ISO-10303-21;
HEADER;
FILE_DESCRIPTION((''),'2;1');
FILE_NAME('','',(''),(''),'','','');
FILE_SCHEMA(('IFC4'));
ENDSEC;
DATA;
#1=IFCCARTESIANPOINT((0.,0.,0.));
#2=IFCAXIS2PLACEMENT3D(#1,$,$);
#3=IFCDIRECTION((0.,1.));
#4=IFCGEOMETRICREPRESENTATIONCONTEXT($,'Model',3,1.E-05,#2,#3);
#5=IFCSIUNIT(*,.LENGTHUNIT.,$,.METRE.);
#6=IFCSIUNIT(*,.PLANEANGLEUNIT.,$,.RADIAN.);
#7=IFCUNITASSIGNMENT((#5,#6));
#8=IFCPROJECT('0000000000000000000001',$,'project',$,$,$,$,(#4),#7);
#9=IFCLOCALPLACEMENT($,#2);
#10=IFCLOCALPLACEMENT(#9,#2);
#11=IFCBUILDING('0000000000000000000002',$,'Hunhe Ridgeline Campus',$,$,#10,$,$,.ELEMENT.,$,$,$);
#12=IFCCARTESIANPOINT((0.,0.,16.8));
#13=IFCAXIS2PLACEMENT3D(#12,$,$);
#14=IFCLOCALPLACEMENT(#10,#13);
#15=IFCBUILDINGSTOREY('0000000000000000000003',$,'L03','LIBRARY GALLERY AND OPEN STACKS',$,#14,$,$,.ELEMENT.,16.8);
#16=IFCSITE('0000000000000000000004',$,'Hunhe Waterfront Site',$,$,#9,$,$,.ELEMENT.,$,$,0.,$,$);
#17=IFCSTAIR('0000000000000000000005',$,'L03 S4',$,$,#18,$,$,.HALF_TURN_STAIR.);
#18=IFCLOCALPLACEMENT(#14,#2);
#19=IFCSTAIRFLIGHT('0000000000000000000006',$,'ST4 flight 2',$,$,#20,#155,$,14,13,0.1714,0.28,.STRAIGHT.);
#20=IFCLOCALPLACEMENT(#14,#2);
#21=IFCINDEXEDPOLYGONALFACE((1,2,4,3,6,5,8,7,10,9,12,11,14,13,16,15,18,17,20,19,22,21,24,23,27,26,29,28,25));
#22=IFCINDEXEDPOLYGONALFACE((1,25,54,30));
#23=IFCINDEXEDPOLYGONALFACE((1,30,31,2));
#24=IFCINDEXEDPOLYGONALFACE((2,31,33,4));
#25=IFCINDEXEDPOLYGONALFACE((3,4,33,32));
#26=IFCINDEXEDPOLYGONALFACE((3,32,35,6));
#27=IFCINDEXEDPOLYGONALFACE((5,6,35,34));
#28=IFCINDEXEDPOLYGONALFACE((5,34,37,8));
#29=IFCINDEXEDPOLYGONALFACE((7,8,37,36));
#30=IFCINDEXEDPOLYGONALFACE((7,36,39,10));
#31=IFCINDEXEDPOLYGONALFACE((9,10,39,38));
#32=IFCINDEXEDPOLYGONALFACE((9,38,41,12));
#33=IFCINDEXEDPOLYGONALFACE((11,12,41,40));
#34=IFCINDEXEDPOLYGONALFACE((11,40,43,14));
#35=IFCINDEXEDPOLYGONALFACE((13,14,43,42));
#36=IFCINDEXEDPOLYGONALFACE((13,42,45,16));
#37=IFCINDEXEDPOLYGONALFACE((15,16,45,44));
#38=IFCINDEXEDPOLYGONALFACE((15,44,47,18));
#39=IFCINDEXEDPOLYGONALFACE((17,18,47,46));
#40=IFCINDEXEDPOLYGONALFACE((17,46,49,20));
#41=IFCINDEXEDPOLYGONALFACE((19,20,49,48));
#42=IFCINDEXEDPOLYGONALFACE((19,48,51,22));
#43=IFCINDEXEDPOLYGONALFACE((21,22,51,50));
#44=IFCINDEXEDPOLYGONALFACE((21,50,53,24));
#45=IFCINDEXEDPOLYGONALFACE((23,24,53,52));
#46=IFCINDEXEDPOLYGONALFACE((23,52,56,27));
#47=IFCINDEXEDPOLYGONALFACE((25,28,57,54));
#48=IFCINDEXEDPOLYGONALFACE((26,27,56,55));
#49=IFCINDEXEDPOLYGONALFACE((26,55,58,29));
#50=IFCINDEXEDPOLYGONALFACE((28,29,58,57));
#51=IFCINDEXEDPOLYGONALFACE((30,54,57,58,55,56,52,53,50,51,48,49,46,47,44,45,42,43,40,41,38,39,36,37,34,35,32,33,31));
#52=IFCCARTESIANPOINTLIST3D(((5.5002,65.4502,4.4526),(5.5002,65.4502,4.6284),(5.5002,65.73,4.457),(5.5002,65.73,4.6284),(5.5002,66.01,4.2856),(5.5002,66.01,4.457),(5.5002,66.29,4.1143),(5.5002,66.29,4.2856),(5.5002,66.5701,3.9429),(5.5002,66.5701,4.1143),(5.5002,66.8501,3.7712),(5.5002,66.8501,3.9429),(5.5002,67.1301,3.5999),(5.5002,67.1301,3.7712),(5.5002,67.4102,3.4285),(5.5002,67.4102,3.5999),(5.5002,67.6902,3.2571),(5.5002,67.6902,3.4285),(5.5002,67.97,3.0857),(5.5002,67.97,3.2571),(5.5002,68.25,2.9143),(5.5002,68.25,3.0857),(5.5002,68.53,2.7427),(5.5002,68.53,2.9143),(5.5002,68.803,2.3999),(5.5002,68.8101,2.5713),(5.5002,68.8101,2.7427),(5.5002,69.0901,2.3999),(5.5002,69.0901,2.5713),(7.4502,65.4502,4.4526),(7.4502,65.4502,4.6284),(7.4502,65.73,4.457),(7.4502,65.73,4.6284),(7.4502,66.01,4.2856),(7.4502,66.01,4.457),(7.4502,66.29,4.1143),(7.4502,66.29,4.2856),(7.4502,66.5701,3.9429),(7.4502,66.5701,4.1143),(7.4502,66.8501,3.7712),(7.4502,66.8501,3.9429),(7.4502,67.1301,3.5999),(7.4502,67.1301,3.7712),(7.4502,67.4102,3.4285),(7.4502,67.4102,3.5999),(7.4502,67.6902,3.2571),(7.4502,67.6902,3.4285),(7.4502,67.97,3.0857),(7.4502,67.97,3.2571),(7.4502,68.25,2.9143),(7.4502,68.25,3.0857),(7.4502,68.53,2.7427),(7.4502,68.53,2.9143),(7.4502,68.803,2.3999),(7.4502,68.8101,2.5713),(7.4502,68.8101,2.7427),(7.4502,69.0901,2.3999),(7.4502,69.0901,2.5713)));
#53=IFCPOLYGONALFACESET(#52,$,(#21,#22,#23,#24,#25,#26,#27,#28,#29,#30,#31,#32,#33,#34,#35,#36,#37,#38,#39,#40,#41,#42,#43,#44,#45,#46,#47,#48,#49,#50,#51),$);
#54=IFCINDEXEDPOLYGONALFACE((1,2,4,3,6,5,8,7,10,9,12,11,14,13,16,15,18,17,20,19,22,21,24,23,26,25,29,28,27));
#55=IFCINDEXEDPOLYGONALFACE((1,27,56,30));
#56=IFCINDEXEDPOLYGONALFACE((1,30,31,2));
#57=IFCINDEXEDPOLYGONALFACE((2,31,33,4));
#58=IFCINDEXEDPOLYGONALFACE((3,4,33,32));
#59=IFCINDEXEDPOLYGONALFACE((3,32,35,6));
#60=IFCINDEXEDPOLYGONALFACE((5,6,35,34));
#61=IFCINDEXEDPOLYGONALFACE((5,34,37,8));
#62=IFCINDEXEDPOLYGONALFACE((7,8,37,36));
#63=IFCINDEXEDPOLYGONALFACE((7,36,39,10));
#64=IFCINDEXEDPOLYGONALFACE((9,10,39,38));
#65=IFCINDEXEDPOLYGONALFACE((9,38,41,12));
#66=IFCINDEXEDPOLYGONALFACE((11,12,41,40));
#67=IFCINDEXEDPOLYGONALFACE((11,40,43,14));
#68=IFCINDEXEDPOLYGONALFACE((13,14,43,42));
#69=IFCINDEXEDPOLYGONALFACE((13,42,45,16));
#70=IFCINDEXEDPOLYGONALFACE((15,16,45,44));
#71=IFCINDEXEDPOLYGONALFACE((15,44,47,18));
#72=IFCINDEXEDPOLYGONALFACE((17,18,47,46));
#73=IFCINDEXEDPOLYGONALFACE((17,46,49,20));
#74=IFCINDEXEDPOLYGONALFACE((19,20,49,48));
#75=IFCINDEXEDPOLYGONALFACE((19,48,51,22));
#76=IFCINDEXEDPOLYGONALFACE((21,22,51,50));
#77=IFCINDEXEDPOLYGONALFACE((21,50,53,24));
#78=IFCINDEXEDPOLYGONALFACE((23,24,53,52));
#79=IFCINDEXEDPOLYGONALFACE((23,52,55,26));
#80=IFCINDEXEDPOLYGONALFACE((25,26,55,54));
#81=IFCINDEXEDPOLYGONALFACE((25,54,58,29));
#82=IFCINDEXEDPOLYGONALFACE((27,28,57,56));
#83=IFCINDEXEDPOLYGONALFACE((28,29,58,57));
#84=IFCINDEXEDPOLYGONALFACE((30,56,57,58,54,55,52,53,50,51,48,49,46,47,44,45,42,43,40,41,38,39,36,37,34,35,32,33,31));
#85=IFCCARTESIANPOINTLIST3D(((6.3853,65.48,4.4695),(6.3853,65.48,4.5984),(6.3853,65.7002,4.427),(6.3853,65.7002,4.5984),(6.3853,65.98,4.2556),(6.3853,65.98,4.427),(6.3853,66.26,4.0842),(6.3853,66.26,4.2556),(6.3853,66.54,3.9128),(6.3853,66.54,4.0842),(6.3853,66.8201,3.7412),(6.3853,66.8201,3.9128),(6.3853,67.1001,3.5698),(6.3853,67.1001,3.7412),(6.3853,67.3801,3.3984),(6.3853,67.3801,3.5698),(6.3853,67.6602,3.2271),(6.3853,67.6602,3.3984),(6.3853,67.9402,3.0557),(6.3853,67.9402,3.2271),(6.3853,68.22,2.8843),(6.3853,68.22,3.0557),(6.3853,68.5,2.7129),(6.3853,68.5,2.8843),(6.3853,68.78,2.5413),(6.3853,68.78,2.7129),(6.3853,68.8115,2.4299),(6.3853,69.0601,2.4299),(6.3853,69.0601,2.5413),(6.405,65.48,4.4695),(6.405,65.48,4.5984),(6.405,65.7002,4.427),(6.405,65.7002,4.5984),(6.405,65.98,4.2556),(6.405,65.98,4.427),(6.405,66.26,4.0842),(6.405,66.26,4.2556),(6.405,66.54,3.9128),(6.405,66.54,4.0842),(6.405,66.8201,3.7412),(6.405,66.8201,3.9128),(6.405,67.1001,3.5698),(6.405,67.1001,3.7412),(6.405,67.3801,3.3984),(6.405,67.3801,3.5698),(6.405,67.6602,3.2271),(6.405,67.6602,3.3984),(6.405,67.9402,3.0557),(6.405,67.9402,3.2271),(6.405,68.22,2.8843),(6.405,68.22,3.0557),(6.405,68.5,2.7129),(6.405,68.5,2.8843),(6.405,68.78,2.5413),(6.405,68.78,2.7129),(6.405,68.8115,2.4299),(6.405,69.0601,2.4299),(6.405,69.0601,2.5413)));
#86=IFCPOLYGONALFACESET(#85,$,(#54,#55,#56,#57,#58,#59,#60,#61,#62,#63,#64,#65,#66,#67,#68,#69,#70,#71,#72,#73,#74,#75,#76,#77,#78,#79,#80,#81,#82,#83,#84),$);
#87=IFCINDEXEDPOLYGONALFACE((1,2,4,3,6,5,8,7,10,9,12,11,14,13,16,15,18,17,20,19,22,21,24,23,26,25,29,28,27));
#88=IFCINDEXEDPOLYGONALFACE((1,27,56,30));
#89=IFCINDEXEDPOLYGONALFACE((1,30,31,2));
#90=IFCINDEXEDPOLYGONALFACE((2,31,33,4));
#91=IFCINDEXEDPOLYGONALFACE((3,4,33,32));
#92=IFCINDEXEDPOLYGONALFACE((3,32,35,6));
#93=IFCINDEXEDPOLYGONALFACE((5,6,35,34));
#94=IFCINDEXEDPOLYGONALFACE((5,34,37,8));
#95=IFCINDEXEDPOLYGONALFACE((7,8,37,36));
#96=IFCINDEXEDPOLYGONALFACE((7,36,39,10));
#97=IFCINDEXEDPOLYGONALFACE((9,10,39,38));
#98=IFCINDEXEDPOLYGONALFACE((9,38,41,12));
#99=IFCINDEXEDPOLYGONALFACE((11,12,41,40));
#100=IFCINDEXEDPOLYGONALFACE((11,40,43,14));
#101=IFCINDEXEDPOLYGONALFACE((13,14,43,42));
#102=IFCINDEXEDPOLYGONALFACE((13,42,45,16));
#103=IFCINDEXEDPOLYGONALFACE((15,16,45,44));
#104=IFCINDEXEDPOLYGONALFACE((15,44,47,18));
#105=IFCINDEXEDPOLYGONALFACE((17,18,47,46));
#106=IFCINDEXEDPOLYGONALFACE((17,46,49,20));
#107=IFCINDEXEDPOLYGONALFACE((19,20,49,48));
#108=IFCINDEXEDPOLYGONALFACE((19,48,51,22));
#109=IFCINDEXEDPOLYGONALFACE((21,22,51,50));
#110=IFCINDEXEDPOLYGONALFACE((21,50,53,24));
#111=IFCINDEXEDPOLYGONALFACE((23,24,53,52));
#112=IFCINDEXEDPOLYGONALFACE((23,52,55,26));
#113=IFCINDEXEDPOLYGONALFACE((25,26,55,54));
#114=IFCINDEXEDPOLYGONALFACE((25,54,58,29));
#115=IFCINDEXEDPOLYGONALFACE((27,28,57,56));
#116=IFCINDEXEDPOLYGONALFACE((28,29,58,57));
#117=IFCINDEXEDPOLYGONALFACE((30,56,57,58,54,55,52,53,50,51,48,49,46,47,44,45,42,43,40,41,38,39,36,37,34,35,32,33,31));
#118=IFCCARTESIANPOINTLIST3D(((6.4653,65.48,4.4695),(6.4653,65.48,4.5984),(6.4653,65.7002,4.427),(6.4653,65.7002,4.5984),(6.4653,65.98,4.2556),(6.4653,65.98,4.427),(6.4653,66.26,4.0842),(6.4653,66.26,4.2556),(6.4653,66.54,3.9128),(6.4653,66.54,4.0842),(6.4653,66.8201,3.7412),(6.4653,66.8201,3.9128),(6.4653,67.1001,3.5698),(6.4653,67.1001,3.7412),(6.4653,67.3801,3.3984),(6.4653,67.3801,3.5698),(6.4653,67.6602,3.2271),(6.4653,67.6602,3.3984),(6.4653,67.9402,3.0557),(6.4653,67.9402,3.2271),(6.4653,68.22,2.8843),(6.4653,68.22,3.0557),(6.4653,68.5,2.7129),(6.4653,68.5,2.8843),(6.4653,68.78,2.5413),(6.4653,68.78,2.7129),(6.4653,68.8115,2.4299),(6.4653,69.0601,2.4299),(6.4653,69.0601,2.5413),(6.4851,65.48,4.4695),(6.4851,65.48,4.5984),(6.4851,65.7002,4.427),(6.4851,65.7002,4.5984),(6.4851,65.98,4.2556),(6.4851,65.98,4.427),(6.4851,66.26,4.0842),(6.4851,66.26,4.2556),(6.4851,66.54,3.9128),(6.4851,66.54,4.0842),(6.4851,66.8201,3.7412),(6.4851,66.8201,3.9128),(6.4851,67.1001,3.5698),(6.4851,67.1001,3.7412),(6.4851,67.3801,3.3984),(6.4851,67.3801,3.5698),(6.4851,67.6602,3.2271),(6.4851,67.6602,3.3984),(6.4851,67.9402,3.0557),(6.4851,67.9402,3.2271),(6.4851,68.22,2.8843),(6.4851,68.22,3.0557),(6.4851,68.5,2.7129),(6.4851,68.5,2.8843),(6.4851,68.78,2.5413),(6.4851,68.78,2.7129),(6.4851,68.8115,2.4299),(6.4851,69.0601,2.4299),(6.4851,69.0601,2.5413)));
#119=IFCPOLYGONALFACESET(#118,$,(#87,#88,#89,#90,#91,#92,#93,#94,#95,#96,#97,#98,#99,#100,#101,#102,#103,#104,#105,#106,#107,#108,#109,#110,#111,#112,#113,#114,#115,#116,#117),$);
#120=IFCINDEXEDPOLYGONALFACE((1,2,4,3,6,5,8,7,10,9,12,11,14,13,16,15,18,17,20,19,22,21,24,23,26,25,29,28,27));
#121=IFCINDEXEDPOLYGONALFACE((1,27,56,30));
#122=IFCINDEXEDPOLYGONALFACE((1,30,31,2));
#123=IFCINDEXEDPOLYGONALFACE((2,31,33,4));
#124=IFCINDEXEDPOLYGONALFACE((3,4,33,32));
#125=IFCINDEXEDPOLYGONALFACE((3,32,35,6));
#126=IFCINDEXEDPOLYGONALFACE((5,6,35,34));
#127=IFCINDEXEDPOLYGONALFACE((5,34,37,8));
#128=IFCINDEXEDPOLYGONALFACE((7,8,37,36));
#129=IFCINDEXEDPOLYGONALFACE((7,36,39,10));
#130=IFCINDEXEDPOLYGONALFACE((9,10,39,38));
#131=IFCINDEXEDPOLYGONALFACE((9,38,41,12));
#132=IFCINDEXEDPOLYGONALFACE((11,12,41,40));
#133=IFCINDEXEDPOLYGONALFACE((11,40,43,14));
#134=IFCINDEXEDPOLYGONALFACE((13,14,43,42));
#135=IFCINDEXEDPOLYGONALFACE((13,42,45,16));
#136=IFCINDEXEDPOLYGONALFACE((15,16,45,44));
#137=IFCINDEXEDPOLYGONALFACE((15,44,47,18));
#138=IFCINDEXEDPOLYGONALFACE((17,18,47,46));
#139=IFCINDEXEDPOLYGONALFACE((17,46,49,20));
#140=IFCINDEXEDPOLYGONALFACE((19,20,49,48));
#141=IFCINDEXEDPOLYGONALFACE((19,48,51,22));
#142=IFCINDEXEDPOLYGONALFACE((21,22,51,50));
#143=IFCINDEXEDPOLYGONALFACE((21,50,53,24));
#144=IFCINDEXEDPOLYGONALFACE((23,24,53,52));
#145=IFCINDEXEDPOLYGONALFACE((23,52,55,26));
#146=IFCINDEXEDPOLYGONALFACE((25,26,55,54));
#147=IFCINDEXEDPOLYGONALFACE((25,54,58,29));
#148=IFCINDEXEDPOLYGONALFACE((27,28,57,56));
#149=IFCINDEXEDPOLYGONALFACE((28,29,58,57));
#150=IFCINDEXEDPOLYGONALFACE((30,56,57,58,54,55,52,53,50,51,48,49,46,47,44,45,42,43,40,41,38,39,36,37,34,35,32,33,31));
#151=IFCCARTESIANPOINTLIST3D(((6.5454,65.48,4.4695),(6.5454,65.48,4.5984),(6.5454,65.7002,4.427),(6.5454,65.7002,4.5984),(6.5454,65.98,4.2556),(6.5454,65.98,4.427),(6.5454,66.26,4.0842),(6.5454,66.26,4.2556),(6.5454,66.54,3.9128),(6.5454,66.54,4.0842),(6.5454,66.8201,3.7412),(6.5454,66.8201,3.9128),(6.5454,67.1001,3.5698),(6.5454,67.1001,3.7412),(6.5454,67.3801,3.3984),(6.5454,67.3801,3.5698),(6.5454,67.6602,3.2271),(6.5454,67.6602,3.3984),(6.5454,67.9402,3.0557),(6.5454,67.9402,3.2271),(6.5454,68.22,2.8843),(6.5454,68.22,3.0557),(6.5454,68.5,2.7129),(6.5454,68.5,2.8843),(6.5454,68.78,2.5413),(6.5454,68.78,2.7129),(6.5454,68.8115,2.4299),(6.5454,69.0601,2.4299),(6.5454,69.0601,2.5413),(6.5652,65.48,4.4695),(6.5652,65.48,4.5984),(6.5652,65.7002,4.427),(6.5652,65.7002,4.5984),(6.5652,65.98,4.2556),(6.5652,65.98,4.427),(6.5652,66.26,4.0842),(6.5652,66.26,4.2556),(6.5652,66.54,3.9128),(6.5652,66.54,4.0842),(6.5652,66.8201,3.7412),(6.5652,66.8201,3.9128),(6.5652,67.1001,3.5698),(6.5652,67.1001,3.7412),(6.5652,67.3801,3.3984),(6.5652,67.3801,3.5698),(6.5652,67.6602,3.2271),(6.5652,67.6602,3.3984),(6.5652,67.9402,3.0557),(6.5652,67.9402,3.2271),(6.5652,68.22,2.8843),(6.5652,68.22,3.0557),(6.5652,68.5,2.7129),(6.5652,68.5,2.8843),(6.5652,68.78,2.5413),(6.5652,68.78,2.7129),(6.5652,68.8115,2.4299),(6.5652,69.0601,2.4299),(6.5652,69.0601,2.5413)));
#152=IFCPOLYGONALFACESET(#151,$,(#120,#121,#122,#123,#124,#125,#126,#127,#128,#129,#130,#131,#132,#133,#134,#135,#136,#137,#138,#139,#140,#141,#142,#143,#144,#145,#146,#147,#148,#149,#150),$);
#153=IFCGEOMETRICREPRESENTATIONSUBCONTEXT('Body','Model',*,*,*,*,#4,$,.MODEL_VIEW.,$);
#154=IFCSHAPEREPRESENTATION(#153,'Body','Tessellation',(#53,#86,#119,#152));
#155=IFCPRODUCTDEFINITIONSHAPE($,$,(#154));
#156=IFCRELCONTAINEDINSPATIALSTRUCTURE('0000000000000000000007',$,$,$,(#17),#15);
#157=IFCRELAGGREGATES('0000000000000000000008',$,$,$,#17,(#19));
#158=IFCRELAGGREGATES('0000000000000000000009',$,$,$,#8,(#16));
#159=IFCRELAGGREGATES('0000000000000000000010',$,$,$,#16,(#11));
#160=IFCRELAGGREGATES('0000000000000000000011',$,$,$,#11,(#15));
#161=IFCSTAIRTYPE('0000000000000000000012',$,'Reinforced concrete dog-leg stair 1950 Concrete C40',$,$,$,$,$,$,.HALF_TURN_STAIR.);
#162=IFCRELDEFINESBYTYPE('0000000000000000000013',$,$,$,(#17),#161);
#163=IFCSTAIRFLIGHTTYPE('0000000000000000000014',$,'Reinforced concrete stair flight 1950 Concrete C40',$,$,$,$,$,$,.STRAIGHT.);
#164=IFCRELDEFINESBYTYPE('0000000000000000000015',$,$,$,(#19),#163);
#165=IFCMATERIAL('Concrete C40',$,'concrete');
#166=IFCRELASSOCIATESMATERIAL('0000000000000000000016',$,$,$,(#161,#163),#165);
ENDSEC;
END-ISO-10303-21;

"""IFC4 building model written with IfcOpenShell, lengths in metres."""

from ifc_helpers import new_model, si_unit, direction, frame, origin, place, context, subcontext, project, spatial, polyline, outline, extrude, material, type_object, element, aggregate, save


model = new_model("IFC4")

# Units and contexts
model_context = context("Model", 3, precision=1e-05, world=origin(), true_north=direction((0.0, 1.0)))
body_context = subcontext(model_context, "Body", "Model", "MODEL_VIEW")
ifc_project = project(units=[si_unit("LENGTHUNIT", "METRE"), si_unit("PLANEANGLEUNIT", "RADIAN")], contexts=[model_context])

# Site, building, storey
site_placement = place(None, origin())
site = spatial("IfcSite", under=ifc_project, at=site_placement, Name="Hunhe Waterfront Site", CompositionType="ELEMENT", RefElevation=0.0)
building_placement = place(site_placement, origin())
building = spatial("IfcBuilding", under=site, at=building_placement, Name="Hunhe Ridgeline Campus", CompositionType="ELEMENT")
storey_placement = place(building_placement, frame((0.0, 0.0, 16.8)))
storey = spatial("IfcBuildingStorey", under=building, at=storey_placement, Name="L03", Description="LIBRARY GALLERY AND OPEN STACKS", CompositionType="ELEMENT", Elevation=16.8)

# Stair, stair flight
ifc_material_1 = material(Name="Concrete C40", Category="concrete")
stair_type = type_object("IfcStairType", Name="Reinforced concrete dog-leg stair 1950 Concrete C40", PredefinedType="HALF_TURN_STAIR", material=ifc_material_1)
stair_flight_type = type_object("IfcStairFlightType", Name="Reinforced concrete stair flight 1950 Concrete C40", PredefinedType="STRAIGHT", material=ifc_material_1)
stair_1_placement = place(storey_placement, origin())
stair_1 = element("IfcStair", 1, at=stair_1_placement, inside=storey, type_object=stair_type, Name="L03 S4", PredefinedType="HALF_TURN_STAIR")
stair_flight_1_placement = place(storey_placement, frame((6.4751, 69.0901, 2.3999), z_axis=(0.0, 0.0, 1.0), x_axis=(0.0, -1.0, 0.0)))
stair_flight_1 = element("IfcStairFlight", 2, at=stair_flight_1_placement, type_object=stair_flight_type, Name="ST4 flight 2", NumberOfRisers=14, NumberOfTreads=13, PredefinedType="STRAIGHT", RiserHeight=0.1714, TreadLength=0.28, context=body_context, shape_type="SweptSolid", body=[
    extrude(outline(polyline([(0.0, 0.0), (0.0, 0.1714), (0.28, 0.1714), (0.28, 0.3428), (0.5601, 0.3428), (0.5601, 0.5144), (0.8401, 0.5144), (0.8401, 0.6858), (1.1201, 0.6858), (1.1201, 0.8572), (1.3999, 0.8572), (1.3999, 1.0286), (1.6799, 1.0286), (1.6799, 1.2), (1.96, 1.2), (1.96, 1.3713), (2.24, 1.3713), (2.24, 1.543), (2.52, 1.543), (2.52, 1.7144), (2.8, 1.7144), (2.8, 1.8857), (3.0801, 1.8857), (3.0801, 2.0571), (3.3601, 2.0571), (3.3601, 2.2285), (3.6399, 2.2285), (3.6399, 2.3999), (3.6399, 2.0527), (0.2871, 0.0), (0.0, 0.0)])), frame((0.0, 0.9751, 0.0), z_axis=(0.0, -1.0, 0.0), x_axis=(1.0, 0.0, 0.0)), (0.0, 0.0, 1.0), 1.95),
    extrude(outline(polyline([(0.03, 0.03), (0.03, 0.1414), (0.3101, 0.1414), (0.3101, 0.313), (0.5901, 0.313), (0.5901, 0.4844), (0.8701, 0.4844), (0.8701, 0.6558), (1.1499, 0.6558), (1.1499, 0.8271), (1.4299, 0.8271), (1.4299, 0.9985), (1.71, 0.9985), (1.71, 1.1699), (1.99, 1.1699), (1.99, 1.3413), (2.27, 1.3413), (2.27, 1.5129), (2.55, 1.5129), (2.55, 1.6843), (2.8301, 1.6843), (2.8301, 1.8557), (3.1101, 1.8557), (3.1101, 2.0271), (3.3899, 2.0271), (3.3899, 2.1985), (3.6101, 2.1985), (3.6101, 2.0696), (0.2786, 0.03), (0.03, 0.03)])), frame((0.0, -0.0701, 0.0), z_axis=(0.0, -1.0, 0.0), x_axis=(1.0, 0.0, 0.0)), (0.0, 0.0, 1.0), 0.0198),
    extrude(outline(polyline([(0.03, 0.03), (0.03, 0.1414), (0.3101, 0.1414), (0.3101, 0.313), (0.5901, 0.313), (0.5901, 0.4844), (0.8701, 0.4844), (0.8701, 0.6558), (1.1499, 0.6558), (1.1499, 0.8271), (1.4299, 0.8271), (1.4299, 0.9985), (1.71, 0.9985), (1.71, 1.1699), (1.99, 1.1699), (1.99, 1.3413), (2.27, 1.3413), (2.27, 1.5129), (2.55, 1.5129), (2.55, 1.6843), (2.8301, 1.6843), (2.8301, 1.8557), (3.1101, 1.8557), (3.1101, 2.0271), (3.3899, 2.0271), (3.3899, 2.1985), (3.6101, 2.1985), (3.6101, 2.0696), (0.2786, 0.03), (0.03, 0.03)])), frame((0.0, 0.01, 0.0), z_axis=(0.0, -1.0, 0.0), x_axis=(1.0, 0.0, 0.0)), (0.0, 0.0, 1.0), 0.0198),
    extrude(outline(polyline([(0.03, 0.03), (0.03, 0.1414), (0.3101, 0.1414), (0.3101, 0.313), (0.5901, 0.313), (0.5901, 0.4844), (0.8701, 0.4844), (0.8701, 0.6558), (1.1499, 0.6558), (1.1499, 0.8271), (1.4299, 0.8271), (1.4299, 0.9985), (1.71, 0.9985), (1.71, 1.1699), (1.99, 1.1699), (1.99, 1.3413), (2.27, 1.3413), (2.27, 1.5129), (2.55, 1.5129), (2.55, 1.6843), (2.8301, 1.6843), (2.8301, 1.8557), (3.1101, 1.8557), (3.1101, 2.0271), (3.3899, 2.0271), (3.3899, 2.1985), (3.6101, 2.1985), (3.6101, 2.0696), (0.2786, 0.03), (0.03, 0.03)])), frame((0.0, 0.0901, 0.0), z_axis=(0.0, -1.0, 0.0), x_axis=(1.0, 0.0, 0.0)), (0.0, 0.0, 1.0), 0.0198),
])
aggregate(stair_1, [stair_flight_1])

save(model, "model.ifc")
